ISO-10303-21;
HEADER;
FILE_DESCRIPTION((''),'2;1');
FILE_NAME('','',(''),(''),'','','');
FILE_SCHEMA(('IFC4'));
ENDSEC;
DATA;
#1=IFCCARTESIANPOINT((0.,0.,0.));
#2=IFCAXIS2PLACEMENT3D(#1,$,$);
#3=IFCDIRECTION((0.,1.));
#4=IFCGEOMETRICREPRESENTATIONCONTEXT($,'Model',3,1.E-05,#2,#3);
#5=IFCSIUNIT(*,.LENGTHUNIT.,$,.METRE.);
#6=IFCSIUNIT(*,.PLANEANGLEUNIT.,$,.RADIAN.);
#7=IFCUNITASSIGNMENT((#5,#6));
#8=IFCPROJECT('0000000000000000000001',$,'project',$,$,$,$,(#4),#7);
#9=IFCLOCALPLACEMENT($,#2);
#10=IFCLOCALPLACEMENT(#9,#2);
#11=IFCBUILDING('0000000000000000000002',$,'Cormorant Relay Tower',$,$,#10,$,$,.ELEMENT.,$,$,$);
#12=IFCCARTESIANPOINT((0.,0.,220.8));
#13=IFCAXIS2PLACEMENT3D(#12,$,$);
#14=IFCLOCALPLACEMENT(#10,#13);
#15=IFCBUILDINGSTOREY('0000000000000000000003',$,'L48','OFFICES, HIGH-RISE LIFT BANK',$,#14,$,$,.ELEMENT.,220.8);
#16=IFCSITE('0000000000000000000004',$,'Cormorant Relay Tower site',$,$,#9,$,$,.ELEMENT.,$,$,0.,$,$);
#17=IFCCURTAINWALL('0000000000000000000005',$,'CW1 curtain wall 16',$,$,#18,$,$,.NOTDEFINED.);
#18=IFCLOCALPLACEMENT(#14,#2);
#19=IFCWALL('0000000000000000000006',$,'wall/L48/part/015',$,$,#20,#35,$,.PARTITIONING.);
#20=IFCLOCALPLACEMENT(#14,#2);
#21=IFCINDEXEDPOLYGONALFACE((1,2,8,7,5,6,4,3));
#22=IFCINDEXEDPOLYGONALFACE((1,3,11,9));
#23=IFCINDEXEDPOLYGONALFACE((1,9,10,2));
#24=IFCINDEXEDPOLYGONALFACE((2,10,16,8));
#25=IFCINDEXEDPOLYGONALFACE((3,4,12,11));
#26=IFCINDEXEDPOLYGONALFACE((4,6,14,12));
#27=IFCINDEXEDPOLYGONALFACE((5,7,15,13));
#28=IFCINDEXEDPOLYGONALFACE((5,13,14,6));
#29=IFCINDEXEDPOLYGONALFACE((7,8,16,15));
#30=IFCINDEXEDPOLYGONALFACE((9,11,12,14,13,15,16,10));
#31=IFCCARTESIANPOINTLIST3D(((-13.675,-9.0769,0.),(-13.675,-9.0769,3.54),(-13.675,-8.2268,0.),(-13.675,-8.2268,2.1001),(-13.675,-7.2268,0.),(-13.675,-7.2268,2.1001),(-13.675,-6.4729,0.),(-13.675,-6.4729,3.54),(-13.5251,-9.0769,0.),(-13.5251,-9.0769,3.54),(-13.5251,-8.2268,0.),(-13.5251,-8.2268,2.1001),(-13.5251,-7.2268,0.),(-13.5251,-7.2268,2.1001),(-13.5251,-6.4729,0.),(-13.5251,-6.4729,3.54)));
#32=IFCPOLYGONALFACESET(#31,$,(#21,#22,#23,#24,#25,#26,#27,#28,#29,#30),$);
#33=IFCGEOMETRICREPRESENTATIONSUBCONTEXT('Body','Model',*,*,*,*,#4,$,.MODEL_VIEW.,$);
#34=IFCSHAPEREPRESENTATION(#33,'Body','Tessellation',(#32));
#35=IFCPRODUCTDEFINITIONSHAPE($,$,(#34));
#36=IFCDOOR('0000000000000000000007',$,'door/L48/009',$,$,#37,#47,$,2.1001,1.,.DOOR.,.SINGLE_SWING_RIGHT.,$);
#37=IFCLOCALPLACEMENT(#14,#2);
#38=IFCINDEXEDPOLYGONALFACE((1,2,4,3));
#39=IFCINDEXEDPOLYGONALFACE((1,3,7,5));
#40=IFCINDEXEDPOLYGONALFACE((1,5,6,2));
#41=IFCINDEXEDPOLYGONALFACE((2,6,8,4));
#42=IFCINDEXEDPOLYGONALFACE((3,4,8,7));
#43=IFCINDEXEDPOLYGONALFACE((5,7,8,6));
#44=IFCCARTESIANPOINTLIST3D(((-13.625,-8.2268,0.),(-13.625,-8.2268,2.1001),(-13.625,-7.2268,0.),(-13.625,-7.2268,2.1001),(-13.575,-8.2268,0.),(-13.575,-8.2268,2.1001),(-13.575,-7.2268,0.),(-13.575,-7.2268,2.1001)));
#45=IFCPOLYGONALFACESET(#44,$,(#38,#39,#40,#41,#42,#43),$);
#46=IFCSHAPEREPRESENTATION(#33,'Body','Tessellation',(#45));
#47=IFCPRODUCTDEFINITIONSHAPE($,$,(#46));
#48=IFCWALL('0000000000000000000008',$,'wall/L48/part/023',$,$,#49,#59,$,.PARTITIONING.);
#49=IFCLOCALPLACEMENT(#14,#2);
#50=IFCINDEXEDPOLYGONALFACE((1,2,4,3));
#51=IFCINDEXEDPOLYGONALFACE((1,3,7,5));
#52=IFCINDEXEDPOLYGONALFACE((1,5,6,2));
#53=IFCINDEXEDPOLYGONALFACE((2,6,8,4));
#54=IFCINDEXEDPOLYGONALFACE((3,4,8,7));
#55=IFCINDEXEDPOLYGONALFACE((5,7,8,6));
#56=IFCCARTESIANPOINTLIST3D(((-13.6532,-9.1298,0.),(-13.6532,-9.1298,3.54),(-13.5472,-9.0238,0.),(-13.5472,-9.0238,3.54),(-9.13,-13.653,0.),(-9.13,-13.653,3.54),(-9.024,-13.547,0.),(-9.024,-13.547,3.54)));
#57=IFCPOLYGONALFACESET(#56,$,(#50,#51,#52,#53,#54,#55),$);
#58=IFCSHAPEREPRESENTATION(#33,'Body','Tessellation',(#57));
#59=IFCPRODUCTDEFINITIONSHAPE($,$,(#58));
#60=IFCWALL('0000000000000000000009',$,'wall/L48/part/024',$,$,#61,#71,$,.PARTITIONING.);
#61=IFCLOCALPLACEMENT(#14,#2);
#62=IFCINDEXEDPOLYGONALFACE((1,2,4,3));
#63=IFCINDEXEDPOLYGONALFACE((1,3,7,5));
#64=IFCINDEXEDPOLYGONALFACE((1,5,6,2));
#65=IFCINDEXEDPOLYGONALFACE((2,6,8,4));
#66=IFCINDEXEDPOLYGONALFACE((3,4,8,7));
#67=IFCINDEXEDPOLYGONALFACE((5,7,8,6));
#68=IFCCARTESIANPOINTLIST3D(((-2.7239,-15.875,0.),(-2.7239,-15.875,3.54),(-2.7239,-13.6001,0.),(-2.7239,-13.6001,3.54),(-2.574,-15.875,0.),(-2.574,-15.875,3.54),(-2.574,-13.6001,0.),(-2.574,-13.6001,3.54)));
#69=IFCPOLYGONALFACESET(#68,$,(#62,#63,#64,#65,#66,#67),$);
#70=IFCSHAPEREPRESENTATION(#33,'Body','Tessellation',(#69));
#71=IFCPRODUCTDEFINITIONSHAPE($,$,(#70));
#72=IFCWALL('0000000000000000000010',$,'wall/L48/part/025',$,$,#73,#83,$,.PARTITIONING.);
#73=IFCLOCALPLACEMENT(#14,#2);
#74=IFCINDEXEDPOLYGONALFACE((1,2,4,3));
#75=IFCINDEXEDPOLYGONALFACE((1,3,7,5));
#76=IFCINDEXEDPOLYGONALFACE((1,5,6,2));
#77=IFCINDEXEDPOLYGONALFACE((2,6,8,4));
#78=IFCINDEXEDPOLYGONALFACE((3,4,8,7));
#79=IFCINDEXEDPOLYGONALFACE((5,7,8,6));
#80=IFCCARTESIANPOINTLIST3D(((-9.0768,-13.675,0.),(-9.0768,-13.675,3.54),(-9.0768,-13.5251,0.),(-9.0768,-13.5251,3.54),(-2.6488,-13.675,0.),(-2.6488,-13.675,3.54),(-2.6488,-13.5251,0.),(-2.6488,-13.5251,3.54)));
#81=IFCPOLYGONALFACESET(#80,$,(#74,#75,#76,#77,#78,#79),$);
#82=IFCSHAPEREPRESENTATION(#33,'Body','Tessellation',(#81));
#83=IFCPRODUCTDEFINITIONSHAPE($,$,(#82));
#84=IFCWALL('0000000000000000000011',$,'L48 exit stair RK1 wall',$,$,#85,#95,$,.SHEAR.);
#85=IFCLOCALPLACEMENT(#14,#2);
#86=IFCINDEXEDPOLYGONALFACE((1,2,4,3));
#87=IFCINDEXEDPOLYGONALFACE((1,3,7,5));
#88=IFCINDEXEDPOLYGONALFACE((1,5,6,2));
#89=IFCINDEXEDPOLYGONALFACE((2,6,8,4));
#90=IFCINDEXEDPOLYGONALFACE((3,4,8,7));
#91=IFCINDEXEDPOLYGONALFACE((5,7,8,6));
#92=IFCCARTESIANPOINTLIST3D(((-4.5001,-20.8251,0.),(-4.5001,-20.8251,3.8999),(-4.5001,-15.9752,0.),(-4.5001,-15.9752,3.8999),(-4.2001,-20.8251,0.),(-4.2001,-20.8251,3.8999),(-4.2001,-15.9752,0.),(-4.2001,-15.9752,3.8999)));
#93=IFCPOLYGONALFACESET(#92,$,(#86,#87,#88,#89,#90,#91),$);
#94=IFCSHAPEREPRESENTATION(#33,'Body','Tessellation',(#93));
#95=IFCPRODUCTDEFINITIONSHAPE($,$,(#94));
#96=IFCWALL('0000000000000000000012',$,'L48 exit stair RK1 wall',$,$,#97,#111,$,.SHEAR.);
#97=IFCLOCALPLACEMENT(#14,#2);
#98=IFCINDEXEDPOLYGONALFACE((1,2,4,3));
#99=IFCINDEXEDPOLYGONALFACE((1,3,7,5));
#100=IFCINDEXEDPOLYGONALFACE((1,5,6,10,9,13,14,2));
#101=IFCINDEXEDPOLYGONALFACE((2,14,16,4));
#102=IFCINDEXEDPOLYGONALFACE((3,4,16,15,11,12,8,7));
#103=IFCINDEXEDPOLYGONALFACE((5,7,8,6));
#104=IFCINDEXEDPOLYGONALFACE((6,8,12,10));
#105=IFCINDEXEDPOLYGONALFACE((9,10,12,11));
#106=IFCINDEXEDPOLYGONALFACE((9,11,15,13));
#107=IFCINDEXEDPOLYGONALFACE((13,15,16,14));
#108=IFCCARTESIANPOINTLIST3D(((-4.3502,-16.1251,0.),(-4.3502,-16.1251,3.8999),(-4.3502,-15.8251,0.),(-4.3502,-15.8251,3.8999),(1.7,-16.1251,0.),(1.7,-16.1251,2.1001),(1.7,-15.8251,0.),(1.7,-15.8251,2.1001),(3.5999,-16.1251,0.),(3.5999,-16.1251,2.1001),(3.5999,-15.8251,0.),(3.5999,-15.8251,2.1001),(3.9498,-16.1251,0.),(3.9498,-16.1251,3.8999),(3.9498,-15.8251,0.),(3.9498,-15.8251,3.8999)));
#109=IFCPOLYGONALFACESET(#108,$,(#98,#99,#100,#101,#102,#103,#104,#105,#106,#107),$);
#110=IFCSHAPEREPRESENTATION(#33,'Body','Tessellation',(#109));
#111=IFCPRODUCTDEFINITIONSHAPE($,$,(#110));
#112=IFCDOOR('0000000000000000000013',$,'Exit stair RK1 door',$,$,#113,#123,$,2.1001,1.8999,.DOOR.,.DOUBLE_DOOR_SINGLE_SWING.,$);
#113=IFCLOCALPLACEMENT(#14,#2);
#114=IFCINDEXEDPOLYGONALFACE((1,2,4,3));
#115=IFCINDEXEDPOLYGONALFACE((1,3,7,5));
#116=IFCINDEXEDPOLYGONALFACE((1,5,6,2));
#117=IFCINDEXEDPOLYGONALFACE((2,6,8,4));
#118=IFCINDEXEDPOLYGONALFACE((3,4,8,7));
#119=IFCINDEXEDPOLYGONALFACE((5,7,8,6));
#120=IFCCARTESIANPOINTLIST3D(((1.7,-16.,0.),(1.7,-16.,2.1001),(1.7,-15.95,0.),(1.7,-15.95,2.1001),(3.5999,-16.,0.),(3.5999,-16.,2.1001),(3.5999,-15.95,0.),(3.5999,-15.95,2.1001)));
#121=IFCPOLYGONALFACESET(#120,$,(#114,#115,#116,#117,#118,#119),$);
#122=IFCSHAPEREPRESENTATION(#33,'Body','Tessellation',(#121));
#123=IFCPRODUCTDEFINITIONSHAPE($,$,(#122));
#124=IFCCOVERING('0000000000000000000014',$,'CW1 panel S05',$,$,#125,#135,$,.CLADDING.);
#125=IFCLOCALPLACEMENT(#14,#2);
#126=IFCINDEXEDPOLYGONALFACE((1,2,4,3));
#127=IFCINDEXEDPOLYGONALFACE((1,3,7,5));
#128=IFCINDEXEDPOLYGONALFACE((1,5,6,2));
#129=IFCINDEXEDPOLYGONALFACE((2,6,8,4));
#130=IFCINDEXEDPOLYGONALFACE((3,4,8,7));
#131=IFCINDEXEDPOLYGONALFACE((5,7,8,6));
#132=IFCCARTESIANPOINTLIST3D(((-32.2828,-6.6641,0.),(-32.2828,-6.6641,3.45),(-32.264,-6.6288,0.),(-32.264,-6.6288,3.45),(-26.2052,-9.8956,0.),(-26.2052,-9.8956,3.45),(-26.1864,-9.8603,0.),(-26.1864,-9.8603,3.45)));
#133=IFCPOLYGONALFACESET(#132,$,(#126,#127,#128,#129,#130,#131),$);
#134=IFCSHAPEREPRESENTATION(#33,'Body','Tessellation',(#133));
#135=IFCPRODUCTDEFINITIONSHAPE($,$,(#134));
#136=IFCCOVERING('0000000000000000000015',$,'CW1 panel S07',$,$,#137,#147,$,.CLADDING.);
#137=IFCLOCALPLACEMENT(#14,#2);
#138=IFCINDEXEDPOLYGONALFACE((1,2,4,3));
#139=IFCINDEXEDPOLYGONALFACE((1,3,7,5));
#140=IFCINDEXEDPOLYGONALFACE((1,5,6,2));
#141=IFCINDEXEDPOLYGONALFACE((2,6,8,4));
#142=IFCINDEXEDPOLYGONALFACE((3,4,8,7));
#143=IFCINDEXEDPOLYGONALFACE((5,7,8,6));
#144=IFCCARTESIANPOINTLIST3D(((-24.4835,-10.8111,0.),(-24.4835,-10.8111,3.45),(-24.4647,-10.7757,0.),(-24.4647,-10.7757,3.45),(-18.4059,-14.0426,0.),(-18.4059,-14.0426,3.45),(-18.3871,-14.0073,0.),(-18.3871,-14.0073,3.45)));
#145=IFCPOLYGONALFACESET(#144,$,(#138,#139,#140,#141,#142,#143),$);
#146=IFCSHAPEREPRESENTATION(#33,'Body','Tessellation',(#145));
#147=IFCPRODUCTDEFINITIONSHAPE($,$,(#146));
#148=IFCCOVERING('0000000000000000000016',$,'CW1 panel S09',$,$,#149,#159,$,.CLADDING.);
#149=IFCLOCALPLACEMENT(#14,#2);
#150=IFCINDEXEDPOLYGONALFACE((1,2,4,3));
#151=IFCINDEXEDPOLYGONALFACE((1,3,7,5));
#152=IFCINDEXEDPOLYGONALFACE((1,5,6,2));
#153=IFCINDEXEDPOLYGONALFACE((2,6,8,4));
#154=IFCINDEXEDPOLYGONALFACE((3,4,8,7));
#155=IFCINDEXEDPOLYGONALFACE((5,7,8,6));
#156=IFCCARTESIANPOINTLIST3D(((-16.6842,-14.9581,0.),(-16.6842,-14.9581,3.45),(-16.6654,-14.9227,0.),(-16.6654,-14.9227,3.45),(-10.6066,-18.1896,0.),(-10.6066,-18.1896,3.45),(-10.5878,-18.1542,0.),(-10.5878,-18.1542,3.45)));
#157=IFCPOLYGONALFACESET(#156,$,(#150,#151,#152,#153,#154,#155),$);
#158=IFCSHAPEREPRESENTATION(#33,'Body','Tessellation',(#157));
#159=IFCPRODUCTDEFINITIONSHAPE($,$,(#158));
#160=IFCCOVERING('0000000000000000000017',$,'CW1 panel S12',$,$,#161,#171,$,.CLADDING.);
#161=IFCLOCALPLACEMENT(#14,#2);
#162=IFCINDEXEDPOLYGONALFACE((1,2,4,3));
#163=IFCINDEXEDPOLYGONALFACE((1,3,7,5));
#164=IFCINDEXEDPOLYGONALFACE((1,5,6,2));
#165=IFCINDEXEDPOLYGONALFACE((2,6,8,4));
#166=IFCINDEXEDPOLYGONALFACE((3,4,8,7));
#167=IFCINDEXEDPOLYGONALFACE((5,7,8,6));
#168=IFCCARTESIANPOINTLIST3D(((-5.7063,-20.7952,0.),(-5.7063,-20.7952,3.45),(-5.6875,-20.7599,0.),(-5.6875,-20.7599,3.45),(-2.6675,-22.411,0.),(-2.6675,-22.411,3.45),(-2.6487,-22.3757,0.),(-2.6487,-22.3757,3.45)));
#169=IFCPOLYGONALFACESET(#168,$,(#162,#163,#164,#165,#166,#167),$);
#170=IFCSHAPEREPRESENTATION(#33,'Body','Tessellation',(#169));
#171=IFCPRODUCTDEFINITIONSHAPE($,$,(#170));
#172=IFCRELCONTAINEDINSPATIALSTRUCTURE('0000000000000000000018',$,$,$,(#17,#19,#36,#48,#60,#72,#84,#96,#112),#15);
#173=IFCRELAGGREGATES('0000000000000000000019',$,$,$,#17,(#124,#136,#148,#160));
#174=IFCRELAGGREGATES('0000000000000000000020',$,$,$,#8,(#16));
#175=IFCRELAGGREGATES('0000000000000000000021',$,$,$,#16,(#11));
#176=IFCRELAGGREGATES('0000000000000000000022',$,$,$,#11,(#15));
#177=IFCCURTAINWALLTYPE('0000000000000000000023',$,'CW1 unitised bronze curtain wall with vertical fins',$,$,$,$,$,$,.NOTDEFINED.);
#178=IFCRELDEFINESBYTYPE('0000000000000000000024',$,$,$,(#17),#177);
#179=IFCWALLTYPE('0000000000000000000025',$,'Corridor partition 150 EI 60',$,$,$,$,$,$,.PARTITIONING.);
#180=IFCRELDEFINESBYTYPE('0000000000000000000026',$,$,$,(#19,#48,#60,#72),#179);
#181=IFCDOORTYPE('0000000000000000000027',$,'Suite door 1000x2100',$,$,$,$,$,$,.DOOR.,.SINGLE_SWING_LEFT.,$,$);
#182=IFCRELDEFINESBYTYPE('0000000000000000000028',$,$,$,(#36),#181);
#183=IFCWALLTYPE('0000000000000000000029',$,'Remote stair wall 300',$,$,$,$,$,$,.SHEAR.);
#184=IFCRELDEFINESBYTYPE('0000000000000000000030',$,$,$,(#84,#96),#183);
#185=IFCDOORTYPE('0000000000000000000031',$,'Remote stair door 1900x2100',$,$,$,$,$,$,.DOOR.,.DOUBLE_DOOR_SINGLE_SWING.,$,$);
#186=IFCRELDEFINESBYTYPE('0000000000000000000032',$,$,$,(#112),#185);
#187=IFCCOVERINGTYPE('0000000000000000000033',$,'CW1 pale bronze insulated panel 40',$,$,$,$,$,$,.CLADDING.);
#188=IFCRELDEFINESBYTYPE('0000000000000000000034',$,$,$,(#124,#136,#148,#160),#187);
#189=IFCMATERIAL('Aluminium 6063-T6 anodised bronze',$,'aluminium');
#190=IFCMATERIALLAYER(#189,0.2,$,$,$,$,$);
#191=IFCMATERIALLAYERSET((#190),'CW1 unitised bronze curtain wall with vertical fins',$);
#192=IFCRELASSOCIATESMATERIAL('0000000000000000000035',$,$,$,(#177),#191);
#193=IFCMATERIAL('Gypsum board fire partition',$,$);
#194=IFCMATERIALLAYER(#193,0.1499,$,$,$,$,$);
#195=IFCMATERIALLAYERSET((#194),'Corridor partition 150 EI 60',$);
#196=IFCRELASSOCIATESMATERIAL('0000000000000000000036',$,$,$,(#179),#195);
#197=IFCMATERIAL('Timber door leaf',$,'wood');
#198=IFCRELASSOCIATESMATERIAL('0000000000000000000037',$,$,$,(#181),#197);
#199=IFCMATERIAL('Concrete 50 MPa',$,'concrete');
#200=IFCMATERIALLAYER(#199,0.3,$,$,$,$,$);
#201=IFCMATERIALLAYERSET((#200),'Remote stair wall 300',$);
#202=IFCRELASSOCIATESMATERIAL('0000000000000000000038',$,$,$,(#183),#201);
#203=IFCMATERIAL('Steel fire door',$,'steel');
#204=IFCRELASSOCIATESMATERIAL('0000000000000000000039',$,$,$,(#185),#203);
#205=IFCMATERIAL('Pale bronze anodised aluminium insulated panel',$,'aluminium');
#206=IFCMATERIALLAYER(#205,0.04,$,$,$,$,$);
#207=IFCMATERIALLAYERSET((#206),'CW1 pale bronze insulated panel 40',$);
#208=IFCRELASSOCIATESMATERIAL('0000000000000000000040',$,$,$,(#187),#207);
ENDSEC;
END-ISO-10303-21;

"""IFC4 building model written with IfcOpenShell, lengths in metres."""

from ifc_helpers import new_model, si_unit, direction, frame, frame_2d, origin, origin_2d, place, context, subcontext, project, spatial, rectangle, extrude, material, layer, layer_set, type_object, element, fill, aggregate, save


model = new_model("IFC4")

# Units and contexts
model_context = context("Model", 3, precision=1e-05, world=origin(), true_north=direction((0.0, 1.0)))
body_context = subcontext(model_context, "Body", "Model", "MODEL_VIEW")
ifc_project = project(units=[si_unit("LENGTHUNIT", "METRE"), si_unit("PLANEANGLEUNIT", "RADIAN")], contexts=[model_context])

# Site, building, storey
site_placement = place(None, origin())
site = spatial("IfcSite", under=ifc_project, at=site_placement, Name="Cormorant Relay Tower site", CompositionType="ELEMENT", RefElevation=0.0)
building_placement = place(site_placement, origin())
building = spatial("IfcBuilding", under=site, at=building_placement, Name="Cormorant Relay Tower", CompositionType="ELEMENT")
storey_placement = place(building_placement, frame((0.0, 0.0, 220.8)))
storey = spatial("IfcBuildingStorey", under=building, at=storey_placement, Name="L48", Description="OFFICES, HIGH-RISE LIFT BANK", CompositionType="ELEMENT", Elevation=220.8)

# Curtain wall
ifc_material_1 = material(Name="Aluminium 6063-T6 anodised bronze", Category="aluminium")
ifc_layer_1 = layer(ifc_material_1, 0.2)
ifc_layer_set_1 = layer_set([ifc_layer_1], Name="CW1 unitised bronze curtain wall with vertical fins")
curtain_wall_type = type_object("IfcCurtainWallType", Name="CW1 unitised bronze curtain wall with vertical fins", PredefinedType="NOTDEFINED", material=ifc_layer_set_1)
curtain_wall_placement = place(storey_placement, origin())
curtain_wall = element("IfcCurtainWall", 1, at=curtain_wall_placement, inside=storey, type_object=curtain_wall_type, Name="CW1 curtain wall 16", PredefinedType="NOTDEFINED")

# Wall, opening, door
ifc_material_2 = material(Name="Gypsum board fire partition")
ifc_layer_2 = layer(ifc_material_2, 0.1499)
ifc_layer_set_2 = layer_set([ifc_layer_2], Name="Corridor partition 150 EI 60")
wall_type_1 = type_object("IfcWallType", Name="Corridor partition 150 EI 60", PredefinedType="PARTITIONING", material=ifc_layer_set_2)
wall_1_placement = place(storey_placement, frame((-13.6001, -9.0769, 0.0), z_axis=(0.0, 0.0, 1.0), x_axis=(0.0, 1.0, 0.0)))
wall_1 = element("IfcWall", 2, at=wall_1_placement, inside=storey, type_object=wall_type_1, Name="wall/L48/part/015", PredefinedType="PARTITIONING", context=body_context, shape_type="SweptSolid", body=[
    extrude(rectangle(XDim=2.604, YDim=0.1499, at=frame_2d((1.302, 0.0))), origin(), (0.0, 0.0, 1.0), 3.54),
])
opening_1_placement = place(wall_1_placement, frame((0.8501, 0.0, 0.0)))
opening_1 = element("IfcOpeningElement", 3, at=opening_1_placement, cuts=wall_1, PredefinedType="OPENING", context=body_context, shape_type="SweptSolid", body=[
    extrude(rectangle(XDim=1.0, YDim=2.1001, at=frame_2d((0.5, 1.05))), frame((0.0, 0.085, 0.0), z_axis=(0.0, -1.0, 0.0), x_axis=(1.0, 0.0, 0.0)), (0.0, 0.0, 1.0), 0.1699),
])
ifc_material_3 = material(Name="Timber door leaf", Category="wood")
door_type_1 = type_object("IfcDoorType", Name="Suite door 1000x2100", OperationType="SINGLE_SWING_LEFT", PredefinedType="DOOR", material=ifc_material_3)
door_1_placement = place(opening_1_placement, origin())
door_1 = element("IfcDoor", 4, at=door_1_placement, inside=storey, type_object=door_type_1, Name="door/L48/009", OperationType="SINGLE_SWING_RIGHT", OverallHeight=2.1001, OverallWidth=1.0, PredefinedType="DOOR", context=body_context, shape_type="SweptSolid", body=[
    extrude(rectangle(XDim=1.0, YDim=2.1001, at=frame_2d((0.5, 1.05))), frame((0.0, 0.0249, 0.0), z_axis=(0.0, -1.0, 0.0), x_axis=(1.0, 0.0, 0.0)), (0.0, 0.0, 1.0), 0.05),
])
fill(opening_1, door_1)

# Walls
wall_2_placement = place(storey_placement, frame((-13.6001, -9.0769, 0.0), z_axis=(0.0, 0.0, 1.0), x_axis=(0.707107, -0.707107, 0.0)))
element("IfcWall", 5, at=wall_2_placement, inside=storey, type_object=wall_type_1, Name="wall/L48/part/023", PredefinedType="PARTITIONING", context=body_context, shape_type="SweptSolid", body=[
    extrude(rectangle(XDim=6.3967, YDim=0.1499, at=frame_2d((3.1982, 0.0))), origin(), (0.0, 0.0, 1.0), 3.54),
])
wall_3_placement = place(storey_placement, frame((-2.6489, -15.875, 0.0), z_axis=(0.0, 0.0, 1.0), x_axis=(0.0, 1.0, 0.0)))
element("IfcWall", 6, at=wall_3_placement, inside=storey, type_object=wall_type_1, Name="wall/L48/part/024", PredefinedType="PARTITIONING", context=body_context, shape_type="SweptSolid", body=[
    extrude(rectangle(XDim=2.2749, YDim=0.1499, at=frame_2d((1.1375, 0.0))), origin(), (0.0, 0.0, 1.0), 3.54),
])
wall_4_placement = place(storey_placement, frame((-2.6489, -13.6001, 0.0), z_axis=(0.0, 0.0, 1.0), x_axis=(-1.0, 0.0, 0.0)))
element("IfcWall", 7, at=wall_4_placement, inside=storey, type_object=wall_type_1, Name="wall/L48/part/025", PredefinedType="PARTITIONING", context=body_context, shape_type="SweptSolid", body=[
    extrude(rectangle(XDim=6.428, YDim=0.1499, at=frame_2d((3.2139, 0.0))), origin(), (0.0, 0.0, 1.0), 3.54),
])
ifc_material_4 = material(Name="Concrete 50 MPa", Category="concrete")
ifc_layer_3 = layer(ifc_material_4, 0.3)
ifc_layer_set_3 = layer_set([ifc_layer_3], Name="Remote stair wall 300")
wall_type_2 = type_object("IfcWallType", Name="Remote stair wall 300", PredefinedType="SHEAR", material=ifc_layer_set_3)
wall_5_placement = place(storey_placement, frame((-4.3501, -20.825, 0.0), z_axis=(0.0, 0.0, 1.0), x_axis=(0.0, 1.0, 0.0)))
element("IfcWall", 8, at=wall_5_placement, inside=storey, type_object=wall_type_2, Name="L48 exit stair RK1 wall", PredefinedType="SHEAR", context=body_context, shape_type="SweptSolid", body=[
    extrude(rectangle(XDim=4.8499, YDim=0.3, at=frame_2d((2.4248, 0.0))), origin(), (0.0, 0.0, 1.0), 3.8999),
])

# Wall, opening, door
wall_6_placement = place(storey_placement, frame((-4.3501, -15.9751, 0.0), z_axis=(0.0, 0.0, 1.0), x_axis=(1.0, 0.0, 0.0)))
wall_6 = element("IfcWall", 9, at=wall_6_placement, inside=storey, type_object=wall_type_2, Name="L48 exit stair RK1 wall", PredefinedType="SHEAR", context=body_context, shape_type="SweptSolid", body=[
    extrude(rectangle(XDim=8.3, YDim=0.3, at=frame_2d((4.1499, 0.0))), origin(), (0.0, 0.0, 1.0), 3.8999),
])
opening_2_placement = place(wall_6_placement, frame((6.05, 0.0, 0.0)))
opening_2 = element("IfcOpeningElement", 10, at=opening_2_placement, cuts=wall_6, PredefinedType="OPENING", context=body_context, shape_type="SweptSolid", body=[
    extrude(rectangle(XDim=1.8999, YDim=2.1001, at=frame_2d((0.95, 1.05))), frame((0.0, 0.1599, 0.0), z_axis=(0.0, -1.0, 0.0), x_axis=(1.0, 0.0, 0.0)), (0.0, 0.0, 1.0), 0.3201),
])
ifc_material_5 = material(Name="Steel fire door", Category="steel")
door_type_2 = type_object("IfcDoorType", Name="Remote stair door 1900x2100", OperationType="DOUBLE_DOOR_SINGLE_SWING", PredefinedType="DOOR", material=ifc_material_5)
door_2_placement = place(opening_2_placement, frame((1.8999, 0.0, 0.0), z_axis=(0.0, 0.0, 1.0), x_axis=(-1.0, 0.0, 0.0)))
door_2 = element("IfcDoor", 11, at=door_2_placement, inside=storey, type_object=door_type_2, Name="Exit stair RK1 door", OperationType="DOUBLE_DOOR_SINGLE_SWING", OverallHeight=2.1001, OverallWidth=1.8999, PredefinedType="DOOR", context=body_context, shape_type="SweptSolid", body=[
    extrude(rectangle(XDim=1.8999, YDim=2.1001, at=frame_2d((0.95, 1.05))), frame((0.0, 0.0249, 0.0), z_axis=(0.0, -1.0, 0.0), x_axis=(1.0, 0.0, 0.0)), (0.0, 0.0, 1.0), 0.05),
])
fill(opening_2, door_2)

# Coverings
ifc_material_6 = material(Name="Pale bronze anodised aluminium insulated panel", Category="aluminium")
ifc_layer_4 = layer(ifc_material_6, 0.04)
ifc_layer_set_4 = layer_set([ifc_layer_4], Name="CW1 pale bronze insulated panel 40")
covering_type = type_object("IfcCoveringType", Name="CW1 pale bronze insulated panel 40", PredefinedType="CLADDING", material=ifc_layer_set_4)
covering_1_placement = place(storey_placement, frame((-29.2346, -8.2622, 0.0), z_axis=(0.0, 0.0, 1.0), x_axis=(0.882948, -0.469472, 0.0)))
covering_1 = element("IfcCovering", 12, at=covering_1_placement, type_object=covering_type, Name="CW1 panel S05", PredefinedType="CLADDING", context=body_context, shape_type="SweptSolid", body=[
    extrude(rectangle(XDim=6.8833, YDim=0.04, at=origin_2d()), origin(), (0.0, 0.0, 1.0), 3.45),
])
covering_2_placement = place(storey_placement, frame((-21.4353, -12.4092, 0.0), z_axis=(0.0, 0.0, 1.0), x_axis=(0.882948, -0.469472, 0.0)))
covering_2 = element("IfcCovering", 13, at=covering_2_placement, type_object=covering_type, Name="CW1 panel S07", PredefinedType="CLADDING", context=body_context, shape_type="SweptSolid", body=[
    extrude(rectangle(XDim=6.8833, YDim=0.04, at=origin_2d()), origin(), (0.0, 0.0, 1.0), 3.45),
])
covering_3_placement = place(storey_placement, frame((-13.636, -16.5562, 0.0), z_axis=(0.0, 0.0, 1.0), x_axis=(0.882948, -0.469472, 0.0)))
covering_3 = element("IfcCovering", 14, at=covering_3_placement, type_object=covering_type, Name="CW1 panel S09", PredefinedType="CLADDING", context=body_context, shape_type="SweptSolid", body=[
    extrude(rectangle(XDim=6.8833, YDim=0.04, at=origin_2d()), origin(), (0.0, 0.0, 1.0), 3.45),
])
covering_4_placement = place(storey_placement, frame((-4.1775, -21.5854, 0.0), z_axis=(0.0, 0.0, 1.0), x_axis=(0.882948, -0.469472, 0.0)))
covering_4 = element("IfcCovering", 15, at=covering_4_placement, type_object=covering_type, Name="CW1 panel S12", PredefinedType="CLADDING", context=body_context, shape_type="SweptSolid", body=[
    extrude(rectangle(XDim=3.4417, YDim=0.04, at=origin_2d()), origin(), (0.0, 0.0, 1.0), 3.45),
])
aggregate(curtain_wall, [covering_1, covering_2, covering_3, covering_4])

save(model, "model.ifc")
